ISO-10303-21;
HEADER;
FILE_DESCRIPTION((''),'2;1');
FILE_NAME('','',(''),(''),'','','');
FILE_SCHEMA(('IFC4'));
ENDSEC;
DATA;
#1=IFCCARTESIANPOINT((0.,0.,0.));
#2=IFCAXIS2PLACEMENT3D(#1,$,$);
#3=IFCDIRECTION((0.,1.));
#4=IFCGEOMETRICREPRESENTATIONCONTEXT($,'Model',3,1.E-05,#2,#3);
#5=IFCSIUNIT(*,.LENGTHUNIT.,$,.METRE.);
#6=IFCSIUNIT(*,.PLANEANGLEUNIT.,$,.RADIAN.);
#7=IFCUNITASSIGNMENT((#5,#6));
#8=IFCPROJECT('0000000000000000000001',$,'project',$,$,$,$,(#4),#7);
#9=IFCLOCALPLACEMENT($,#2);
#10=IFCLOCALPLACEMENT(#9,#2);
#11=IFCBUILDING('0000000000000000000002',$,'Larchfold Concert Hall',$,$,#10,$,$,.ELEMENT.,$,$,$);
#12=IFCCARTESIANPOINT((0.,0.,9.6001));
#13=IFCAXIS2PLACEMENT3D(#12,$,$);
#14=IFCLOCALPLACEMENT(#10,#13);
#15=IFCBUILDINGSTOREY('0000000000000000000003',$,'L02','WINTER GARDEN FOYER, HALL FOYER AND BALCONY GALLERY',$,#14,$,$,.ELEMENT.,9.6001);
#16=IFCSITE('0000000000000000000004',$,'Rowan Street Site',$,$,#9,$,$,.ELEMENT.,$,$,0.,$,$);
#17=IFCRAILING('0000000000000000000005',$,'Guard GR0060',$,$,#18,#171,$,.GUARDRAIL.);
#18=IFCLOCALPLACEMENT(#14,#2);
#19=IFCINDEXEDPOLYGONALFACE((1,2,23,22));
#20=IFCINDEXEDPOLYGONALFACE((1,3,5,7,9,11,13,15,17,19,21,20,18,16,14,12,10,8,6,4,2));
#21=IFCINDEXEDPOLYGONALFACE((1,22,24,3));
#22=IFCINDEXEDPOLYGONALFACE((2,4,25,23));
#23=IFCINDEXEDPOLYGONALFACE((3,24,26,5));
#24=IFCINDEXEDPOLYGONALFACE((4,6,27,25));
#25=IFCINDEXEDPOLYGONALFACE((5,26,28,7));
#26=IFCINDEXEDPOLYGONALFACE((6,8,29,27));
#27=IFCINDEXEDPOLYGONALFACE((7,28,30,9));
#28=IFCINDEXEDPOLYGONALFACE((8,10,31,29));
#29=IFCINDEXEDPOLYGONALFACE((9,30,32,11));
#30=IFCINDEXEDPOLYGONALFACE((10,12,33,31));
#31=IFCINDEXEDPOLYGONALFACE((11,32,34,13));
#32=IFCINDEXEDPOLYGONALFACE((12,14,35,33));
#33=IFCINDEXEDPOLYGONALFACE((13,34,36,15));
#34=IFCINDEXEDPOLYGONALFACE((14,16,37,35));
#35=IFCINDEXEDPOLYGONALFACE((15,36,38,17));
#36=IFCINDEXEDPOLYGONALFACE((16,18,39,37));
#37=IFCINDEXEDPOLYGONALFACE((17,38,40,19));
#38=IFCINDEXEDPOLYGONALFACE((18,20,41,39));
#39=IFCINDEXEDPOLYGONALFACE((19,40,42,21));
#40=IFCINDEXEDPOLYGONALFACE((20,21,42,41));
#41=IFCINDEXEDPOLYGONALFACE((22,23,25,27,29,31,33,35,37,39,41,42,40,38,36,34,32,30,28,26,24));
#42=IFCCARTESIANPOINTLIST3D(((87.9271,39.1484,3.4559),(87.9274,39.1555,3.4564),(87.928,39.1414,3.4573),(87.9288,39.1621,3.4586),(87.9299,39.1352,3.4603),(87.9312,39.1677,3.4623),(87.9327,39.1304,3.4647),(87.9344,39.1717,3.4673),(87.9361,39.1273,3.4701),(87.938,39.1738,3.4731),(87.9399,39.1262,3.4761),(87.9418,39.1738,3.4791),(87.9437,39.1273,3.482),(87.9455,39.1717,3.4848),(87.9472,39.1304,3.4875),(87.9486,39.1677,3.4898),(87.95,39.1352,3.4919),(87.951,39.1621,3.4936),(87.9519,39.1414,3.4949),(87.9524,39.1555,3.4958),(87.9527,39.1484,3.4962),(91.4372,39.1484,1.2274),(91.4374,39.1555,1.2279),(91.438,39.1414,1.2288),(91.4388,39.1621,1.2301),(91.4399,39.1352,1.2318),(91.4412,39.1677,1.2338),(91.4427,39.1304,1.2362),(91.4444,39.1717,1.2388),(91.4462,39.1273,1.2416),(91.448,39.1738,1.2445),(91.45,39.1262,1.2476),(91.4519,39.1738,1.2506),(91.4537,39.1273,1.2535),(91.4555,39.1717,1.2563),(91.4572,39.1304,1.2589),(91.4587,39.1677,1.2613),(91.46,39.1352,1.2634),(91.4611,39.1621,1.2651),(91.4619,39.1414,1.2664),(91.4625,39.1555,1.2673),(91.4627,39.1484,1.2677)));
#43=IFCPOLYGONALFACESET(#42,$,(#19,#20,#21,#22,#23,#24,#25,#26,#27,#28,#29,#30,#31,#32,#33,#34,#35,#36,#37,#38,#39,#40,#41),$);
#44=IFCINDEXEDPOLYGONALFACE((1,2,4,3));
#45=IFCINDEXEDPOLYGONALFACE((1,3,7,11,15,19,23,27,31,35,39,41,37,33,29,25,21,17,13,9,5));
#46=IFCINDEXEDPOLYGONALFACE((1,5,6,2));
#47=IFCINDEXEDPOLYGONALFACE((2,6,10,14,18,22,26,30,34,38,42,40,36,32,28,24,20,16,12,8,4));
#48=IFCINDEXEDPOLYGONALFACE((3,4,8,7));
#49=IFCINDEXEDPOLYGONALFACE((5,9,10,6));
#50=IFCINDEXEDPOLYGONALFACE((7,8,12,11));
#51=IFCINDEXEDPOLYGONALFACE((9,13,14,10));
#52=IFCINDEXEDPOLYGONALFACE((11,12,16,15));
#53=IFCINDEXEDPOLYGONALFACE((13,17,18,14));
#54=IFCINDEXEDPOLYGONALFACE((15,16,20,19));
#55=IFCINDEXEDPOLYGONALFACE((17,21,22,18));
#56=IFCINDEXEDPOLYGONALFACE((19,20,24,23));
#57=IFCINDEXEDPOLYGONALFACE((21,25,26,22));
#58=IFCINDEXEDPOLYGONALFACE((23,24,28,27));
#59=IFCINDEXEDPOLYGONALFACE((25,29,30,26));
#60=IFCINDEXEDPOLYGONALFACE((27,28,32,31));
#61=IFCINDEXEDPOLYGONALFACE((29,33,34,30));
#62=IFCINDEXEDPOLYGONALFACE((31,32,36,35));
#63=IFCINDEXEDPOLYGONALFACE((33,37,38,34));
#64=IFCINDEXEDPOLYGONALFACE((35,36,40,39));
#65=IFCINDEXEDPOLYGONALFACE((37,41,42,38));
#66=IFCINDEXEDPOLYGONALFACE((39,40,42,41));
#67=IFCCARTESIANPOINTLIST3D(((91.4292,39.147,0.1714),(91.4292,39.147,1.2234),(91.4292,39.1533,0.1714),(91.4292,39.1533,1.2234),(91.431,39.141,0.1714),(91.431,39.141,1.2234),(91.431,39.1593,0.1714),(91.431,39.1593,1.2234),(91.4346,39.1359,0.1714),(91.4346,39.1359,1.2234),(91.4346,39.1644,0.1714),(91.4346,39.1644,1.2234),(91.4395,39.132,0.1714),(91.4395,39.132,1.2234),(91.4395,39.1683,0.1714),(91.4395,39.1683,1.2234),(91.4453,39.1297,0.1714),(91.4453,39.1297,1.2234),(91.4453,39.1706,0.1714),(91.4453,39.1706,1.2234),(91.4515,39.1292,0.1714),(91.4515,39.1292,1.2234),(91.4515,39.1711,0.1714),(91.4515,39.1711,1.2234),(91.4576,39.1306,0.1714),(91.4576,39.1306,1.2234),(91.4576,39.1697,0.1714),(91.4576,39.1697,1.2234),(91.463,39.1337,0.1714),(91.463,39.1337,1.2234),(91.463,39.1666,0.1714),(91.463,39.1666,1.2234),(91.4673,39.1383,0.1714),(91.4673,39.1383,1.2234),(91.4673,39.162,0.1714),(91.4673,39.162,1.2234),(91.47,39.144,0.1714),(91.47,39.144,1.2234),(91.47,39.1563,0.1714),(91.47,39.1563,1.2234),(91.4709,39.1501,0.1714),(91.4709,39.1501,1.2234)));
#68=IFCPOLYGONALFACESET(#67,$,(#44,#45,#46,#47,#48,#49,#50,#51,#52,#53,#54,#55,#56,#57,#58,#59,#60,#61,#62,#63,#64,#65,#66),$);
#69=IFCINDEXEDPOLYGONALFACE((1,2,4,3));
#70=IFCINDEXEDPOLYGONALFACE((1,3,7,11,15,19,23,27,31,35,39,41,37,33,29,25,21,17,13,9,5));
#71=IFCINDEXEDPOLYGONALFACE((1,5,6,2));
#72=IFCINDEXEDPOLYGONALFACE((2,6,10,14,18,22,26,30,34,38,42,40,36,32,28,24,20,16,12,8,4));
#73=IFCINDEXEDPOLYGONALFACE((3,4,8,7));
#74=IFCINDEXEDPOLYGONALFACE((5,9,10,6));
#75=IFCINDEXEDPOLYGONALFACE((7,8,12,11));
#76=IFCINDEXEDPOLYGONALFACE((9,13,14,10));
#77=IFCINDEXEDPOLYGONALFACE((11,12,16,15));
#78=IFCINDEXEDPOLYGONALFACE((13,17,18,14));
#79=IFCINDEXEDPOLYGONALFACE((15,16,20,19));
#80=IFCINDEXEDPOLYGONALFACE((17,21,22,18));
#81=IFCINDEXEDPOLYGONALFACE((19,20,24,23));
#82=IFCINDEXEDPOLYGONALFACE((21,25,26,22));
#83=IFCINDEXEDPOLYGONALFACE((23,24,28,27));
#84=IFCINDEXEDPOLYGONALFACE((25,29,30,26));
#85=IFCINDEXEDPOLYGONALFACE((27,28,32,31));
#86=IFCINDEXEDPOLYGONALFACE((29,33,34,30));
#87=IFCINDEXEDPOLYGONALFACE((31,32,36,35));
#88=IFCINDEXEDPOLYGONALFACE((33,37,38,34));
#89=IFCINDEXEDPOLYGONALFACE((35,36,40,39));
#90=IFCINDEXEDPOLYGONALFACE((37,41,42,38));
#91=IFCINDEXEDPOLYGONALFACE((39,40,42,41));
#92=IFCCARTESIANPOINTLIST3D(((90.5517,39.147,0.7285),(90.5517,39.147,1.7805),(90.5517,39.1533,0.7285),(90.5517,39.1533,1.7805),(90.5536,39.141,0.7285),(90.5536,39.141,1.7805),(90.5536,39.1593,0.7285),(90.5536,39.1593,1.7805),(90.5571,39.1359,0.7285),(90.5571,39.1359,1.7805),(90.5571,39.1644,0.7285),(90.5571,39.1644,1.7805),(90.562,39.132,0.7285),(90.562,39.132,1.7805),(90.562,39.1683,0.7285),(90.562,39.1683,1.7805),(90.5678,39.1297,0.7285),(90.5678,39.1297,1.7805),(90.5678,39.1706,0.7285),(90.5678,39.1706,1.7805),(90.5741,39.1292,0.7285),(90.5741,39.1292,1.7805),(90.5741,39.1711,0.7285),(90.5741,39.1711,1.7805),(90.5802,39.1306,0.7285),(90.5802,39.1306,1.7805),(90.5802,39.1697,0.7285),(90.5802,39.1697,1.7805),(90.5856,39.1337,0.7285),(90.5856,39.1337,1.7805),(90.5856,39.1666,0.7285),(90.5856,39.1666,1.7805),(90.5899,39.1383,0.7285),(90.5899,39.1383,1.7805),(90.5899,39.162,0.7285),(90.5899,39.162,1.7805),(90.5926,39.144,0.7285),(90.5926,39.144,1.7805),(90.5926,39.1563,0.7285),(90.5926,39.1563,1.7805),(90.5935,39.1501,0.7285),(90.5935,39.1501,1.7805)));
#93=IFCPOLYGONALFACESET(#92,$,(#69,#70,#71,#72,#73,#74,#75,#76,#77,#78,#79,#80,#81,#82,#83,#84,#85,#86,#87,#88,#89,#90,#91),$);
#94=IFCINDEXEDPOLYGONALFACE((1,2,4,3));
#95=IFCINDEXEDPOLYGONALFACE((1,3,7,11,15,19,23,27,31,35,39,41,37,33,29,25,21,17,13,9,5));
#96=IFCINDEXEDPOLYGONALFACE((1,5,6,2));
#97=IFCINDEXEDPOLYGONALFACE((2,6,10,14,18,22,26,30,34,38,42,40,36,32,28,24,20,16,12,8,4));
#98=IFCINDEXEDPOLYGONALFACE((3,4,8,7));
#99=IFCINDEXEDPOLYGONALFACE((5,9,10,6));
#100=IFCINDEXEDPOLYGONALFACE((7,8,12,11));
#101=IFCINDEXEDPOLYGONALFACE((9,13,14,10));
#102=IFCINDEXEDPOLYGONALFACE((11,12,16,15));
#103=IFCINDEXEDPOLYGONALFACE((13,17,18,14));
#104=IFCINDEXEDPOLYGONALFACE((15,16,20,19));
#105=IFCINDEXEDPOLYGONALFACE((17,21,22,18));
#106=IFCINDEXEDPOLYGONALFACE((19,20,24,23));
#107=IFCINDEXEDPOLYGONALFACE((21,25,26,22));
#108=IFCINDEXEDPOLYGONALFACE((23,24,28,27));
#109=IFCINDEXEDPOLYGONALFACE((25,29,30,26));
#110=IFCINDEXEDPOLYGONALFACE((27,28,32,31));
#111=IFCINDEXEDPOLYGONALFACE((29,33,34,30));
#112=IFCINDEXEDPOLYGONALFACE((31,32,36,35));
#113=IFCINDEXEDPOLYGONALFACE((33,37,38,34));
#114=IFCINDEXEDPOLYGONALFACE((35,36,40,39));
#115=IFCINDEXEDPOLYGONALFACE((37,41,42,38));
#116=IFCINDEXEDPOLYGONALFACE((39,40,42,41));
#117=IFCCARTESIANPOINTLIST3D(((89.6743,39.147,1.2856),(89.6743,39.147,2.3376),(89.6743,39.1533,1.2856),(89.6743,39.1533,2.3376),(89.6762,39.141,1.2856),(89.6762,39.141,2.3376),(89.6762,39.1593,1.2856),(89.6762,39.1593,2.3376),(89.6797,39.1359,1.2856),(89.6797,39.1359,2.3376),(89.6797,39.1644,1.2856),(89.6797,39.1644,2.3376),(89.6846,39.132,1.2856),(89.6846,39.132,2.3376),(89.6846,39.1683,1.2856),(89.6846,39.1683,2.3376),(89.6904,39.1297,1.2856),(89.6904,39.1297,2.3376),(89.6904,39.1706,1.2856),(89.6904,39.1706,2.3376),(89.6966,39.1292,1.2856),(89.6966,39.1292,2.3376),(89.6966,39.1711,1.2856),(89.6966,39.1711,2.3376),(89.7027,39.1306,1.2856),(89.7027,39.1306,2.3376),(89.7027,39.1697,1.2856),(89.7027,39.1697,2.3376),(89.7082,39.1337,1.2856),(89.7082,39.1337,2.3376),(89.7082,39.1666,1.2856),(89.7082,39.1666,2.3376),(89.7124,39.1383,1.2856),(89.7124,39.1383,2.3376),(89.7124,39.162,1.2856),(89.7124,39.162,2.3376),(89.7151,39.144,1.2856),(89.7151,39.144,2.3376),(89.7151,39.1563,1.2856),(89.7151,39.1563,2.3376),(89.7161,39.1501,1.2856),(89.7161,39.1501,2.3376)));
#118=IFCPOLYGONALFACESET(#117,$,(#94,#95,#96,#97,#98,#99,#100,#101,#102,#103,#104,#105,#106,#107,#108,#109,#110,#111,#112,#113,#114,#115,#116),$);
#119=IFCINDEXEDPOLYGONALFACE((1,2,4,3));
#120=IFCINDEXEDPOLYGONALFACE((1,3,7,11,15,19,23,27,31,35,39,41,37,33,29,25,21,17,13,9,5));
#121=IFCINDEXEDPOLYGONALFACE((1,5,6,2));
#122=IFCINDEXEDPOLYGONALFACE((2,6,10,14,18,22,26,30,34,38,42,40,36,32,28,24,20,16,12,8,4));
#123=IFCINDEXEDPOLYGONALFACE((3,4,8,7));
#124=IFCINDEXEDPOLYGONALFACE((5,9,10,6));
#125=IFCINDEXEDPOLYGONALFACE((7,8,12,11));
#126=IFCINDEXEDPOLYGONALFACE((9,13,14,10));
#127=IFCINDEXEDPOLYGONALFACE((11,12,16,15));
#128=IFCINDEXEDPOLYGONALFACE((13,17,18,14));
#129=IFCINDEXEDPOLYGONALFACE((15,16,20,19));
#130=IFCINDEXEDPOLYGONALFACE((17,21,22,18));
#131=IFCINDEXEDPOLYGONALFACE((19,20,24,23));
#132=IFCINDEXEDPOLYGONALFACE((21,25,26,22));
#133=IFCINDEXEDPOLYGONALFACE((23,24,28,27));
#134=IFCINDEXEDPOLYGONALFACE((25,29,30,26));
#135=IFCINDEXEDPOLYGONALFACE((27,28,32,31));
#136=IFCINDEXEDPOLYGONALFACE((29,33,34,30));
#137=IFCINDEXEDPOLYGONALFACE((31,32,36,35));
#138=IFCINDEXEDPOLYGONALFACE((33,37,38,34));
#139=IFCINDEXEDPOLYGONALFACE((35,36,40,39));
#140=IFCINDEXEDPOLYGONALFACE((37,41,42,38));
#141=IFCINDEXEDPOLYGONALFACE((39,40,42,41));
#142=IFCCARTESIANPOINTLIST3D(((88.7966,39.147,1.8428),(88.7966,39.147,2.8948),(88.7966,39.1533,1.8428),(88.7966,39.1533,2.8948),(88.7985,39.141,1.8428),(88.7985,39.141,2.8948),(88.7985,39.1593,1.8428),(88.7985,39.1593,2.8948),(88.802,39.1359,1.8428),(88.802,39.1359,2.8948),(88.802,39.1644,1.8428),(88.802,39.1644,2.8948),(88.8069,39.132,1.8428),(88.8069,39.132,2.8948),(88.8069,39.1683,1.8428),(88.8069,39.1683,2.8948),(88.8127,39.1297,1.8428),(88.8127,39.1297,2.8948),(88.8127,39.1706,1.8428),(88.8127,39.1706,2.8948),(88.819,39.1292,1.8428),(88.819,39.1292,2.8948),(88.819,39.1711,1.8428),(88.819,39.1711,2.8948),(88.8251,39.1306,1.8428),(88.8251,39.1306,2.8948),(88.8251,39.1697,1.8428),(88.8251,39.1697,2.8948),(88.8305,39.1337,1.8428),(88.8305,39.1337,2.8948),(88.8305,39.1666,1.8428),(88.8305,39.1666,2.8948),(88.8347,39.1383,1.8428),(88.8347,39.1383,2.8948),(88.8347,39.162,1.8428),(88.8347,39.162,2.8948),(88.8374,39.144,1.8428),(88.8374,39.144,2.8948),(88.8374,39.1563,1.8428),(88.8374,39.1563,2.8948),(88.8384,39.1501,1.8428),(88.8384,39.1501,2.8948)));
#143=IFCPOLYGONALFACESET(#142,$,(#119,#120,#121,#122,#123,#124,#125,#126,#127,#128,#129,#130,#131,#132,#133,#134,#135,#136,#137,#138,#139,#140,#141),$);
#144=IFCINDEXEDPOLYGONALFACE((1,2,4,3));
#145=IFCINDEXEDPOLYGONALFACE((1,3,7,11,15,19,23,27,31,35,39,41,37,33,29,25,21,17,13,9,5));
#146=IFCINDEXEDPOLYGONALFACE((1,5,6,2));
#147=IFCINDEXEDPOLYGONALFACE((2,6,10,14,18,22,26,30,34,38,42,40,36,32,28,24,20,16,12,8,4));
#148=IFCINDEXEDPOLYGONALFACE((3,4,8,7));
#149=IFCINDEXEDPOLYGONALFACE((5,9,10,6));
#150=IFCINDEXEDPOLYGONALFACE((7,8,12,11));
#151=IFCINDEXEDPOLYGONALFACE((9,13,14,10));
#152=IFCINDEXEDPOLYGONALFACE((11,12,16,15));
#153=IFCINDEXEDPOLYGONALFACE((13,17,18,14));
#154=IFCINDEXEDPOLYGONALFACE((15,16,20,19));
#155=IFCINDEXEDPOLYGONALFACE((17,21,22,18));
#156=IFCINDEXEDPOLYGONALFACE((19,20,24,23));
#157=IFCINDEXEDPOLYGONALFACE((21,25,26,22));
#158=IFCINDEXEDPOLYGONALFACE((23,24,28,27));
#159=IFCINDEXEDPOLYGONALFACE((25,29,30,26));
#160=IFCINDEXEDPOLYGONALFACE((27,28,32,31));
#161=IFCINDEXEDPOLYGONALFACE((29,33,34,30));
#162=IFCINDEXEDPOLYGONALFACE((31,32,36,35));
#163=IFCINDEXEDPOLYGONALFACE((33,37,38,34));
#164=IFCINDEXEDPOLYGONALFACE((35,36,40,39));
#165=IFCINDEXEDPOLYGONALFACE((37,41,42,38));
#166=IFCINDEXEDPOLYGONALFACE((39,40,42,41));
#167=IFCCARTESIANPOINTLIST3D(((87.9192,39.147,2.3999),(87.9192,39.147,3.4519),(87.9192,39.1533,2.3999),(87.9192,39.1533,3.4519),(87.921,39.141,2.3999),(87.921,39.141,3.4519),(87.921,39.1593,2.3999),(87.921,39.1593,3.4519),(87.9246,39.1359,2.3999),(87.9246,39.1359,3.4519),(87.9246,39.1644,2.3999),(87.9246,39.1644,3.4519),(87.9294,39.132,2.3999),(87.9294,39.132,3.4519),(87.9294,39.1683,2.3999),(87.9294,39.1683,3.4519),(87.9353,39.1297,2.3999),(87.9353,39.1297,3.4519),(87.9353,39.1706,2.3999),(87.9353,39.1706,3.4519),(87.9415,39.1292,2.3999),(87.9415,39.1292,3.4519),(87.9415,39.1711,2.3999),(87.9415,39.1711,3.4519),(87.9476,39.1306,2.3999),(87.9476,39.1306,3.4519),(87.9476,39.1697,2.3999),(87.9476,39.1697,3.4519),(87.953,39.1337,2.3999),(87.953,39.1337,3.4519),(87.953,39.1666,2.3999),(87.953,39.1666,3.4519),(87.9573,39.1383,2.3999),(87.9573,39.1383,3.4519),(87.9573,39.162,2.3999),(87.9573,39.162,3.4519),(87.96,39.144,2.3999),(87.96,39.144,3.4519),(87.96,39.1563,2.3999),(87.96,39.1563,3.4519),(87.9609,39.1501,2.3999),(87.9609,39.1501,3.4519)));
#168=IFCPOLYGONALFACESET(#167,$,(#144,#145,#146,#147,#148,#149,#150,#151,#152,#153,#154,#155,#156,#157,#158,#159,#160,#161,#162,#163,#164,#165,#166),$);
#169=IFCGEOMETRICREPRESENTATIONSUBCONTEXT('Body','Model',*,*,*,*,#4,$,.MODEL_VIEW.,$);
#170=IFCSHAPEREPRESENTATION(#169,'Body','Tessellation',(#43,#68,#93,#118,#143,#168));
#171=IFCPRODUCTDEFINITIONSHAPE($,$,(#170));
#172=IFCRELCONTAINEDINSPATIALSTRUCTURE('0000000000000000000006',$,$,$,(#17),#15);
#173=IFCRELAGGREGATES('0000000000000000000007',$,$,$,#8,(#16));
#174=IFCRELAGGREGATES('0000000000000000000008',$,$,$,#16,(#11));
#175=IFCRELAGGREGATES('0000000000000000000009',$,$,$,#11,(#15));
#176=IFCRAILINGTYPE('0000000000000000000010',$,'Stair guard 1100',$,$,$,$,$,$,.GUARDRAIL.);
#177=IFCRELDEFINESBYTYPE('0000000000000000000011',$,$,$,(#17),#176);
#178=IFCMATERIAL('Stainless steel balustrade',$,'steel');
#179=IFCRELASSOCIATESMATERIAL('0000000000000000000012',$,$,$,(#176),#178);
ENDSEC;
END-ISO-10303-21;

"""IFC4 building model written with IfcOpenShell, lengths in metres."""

from ifc_helpers import new_model, si_unit, direction, frame, origin, origin_2d, place, context, subcontext, project, spatial, circle, extrude, material, type_object, element, save


model = new_model("IFC4")

# Units and contexts
model_context = context("Model", 3, precision=1e-05, world=origin(), true_north=direction((0.0, 1.0)))
body_context = subcontext(model_context, "Body", "Model", "MODEL_VIEW")
ifc_project = project(units=[si_unit("LENGTHUNIT", "METRE"), si_unit("PLANEANGLEUNIT", "RADIAN")], contexts=[model_context])

# Site, building, storey
site_placement = place(None, origin())
site = spatial("IfcSite", under=ifc_project, at=site_placement, Name="Rowan Street Site", CompositionType="ELEMENT", RefElevation=0.0)
building_placement = place(site_placement, origin())
building = spatial("IfcBuilding", under=site, at=building_placement, Name="Larchfold Concert Hall", CompositionType="ELEMENT")
storey_placement = place(building_placement, frame((0.0, 0.0, 9.6001)))
storey = spatial("IfcBuildingStorey", under=building, at=storey_placement, Name="L02", Description="WINTER GARDEN FOYER, HALL FOYER AND BALCONY GALLERY", CompositionType="ELEMENT", Elevation=9.6001)

# Railing
ifc_material_1 = material(Name="Stainless steel balustrade", Category="steel")
railing_type_1 = type_object("IfcRailingType", Name="Stair guard 1100", PredefinedType="GUARDRAIL", material=ifc_material_1)
railing_1_placement = place(storey_placement, frame((91.45, 39.1501, 0.1714)))
element("IfcRailing", 1, at=railing_1_placement, inside=storey, type_object=railing_type_1, Name="Guard GR0060", PredefinedType="GUARDRAIL", context=body_context, shape_type="SweptSolid", body=[
    extrude(circle(Radius=0.0239, at=origin_2d()), frame((0.0, 0.0, 1.0762), z_axis=(-0.84422, 0.0, 0.535998), x_axis=(0.0, -1.0, 0.0)), (0.0, 0.0, 1.0), 4.1577),
    extrude(circle(Radius=0.021, at=origin_2d()), origin(), (0.0, 0.0, 1.0), 1.052),
    extrude(circle(Radius=0.021, at=origin_2d()), frame((-0.8774, 0.0, 0.5571)), (0.0, 0.0, 1.0), 1.052),
    extrude(circle(Radius=0.021, at=origin_2d()), frame((-1.7549, 0.0, 1.1143)), (0.0, 0.0, 1.0), 1.052),
    extrude(circle(Radius=0.021, at=origin_2d()), frame((-2.6326, 0.0, 1.6714)), (0.0, 0.0, 1.0), 1.052),
    extrude(circle(Radius=0.021, at=origin_2d()), frame((-3.51, 0.0, 2.2285)), (0.0, 0.0, 1.0), 1.052),
])

save(model, "model.ifc")
